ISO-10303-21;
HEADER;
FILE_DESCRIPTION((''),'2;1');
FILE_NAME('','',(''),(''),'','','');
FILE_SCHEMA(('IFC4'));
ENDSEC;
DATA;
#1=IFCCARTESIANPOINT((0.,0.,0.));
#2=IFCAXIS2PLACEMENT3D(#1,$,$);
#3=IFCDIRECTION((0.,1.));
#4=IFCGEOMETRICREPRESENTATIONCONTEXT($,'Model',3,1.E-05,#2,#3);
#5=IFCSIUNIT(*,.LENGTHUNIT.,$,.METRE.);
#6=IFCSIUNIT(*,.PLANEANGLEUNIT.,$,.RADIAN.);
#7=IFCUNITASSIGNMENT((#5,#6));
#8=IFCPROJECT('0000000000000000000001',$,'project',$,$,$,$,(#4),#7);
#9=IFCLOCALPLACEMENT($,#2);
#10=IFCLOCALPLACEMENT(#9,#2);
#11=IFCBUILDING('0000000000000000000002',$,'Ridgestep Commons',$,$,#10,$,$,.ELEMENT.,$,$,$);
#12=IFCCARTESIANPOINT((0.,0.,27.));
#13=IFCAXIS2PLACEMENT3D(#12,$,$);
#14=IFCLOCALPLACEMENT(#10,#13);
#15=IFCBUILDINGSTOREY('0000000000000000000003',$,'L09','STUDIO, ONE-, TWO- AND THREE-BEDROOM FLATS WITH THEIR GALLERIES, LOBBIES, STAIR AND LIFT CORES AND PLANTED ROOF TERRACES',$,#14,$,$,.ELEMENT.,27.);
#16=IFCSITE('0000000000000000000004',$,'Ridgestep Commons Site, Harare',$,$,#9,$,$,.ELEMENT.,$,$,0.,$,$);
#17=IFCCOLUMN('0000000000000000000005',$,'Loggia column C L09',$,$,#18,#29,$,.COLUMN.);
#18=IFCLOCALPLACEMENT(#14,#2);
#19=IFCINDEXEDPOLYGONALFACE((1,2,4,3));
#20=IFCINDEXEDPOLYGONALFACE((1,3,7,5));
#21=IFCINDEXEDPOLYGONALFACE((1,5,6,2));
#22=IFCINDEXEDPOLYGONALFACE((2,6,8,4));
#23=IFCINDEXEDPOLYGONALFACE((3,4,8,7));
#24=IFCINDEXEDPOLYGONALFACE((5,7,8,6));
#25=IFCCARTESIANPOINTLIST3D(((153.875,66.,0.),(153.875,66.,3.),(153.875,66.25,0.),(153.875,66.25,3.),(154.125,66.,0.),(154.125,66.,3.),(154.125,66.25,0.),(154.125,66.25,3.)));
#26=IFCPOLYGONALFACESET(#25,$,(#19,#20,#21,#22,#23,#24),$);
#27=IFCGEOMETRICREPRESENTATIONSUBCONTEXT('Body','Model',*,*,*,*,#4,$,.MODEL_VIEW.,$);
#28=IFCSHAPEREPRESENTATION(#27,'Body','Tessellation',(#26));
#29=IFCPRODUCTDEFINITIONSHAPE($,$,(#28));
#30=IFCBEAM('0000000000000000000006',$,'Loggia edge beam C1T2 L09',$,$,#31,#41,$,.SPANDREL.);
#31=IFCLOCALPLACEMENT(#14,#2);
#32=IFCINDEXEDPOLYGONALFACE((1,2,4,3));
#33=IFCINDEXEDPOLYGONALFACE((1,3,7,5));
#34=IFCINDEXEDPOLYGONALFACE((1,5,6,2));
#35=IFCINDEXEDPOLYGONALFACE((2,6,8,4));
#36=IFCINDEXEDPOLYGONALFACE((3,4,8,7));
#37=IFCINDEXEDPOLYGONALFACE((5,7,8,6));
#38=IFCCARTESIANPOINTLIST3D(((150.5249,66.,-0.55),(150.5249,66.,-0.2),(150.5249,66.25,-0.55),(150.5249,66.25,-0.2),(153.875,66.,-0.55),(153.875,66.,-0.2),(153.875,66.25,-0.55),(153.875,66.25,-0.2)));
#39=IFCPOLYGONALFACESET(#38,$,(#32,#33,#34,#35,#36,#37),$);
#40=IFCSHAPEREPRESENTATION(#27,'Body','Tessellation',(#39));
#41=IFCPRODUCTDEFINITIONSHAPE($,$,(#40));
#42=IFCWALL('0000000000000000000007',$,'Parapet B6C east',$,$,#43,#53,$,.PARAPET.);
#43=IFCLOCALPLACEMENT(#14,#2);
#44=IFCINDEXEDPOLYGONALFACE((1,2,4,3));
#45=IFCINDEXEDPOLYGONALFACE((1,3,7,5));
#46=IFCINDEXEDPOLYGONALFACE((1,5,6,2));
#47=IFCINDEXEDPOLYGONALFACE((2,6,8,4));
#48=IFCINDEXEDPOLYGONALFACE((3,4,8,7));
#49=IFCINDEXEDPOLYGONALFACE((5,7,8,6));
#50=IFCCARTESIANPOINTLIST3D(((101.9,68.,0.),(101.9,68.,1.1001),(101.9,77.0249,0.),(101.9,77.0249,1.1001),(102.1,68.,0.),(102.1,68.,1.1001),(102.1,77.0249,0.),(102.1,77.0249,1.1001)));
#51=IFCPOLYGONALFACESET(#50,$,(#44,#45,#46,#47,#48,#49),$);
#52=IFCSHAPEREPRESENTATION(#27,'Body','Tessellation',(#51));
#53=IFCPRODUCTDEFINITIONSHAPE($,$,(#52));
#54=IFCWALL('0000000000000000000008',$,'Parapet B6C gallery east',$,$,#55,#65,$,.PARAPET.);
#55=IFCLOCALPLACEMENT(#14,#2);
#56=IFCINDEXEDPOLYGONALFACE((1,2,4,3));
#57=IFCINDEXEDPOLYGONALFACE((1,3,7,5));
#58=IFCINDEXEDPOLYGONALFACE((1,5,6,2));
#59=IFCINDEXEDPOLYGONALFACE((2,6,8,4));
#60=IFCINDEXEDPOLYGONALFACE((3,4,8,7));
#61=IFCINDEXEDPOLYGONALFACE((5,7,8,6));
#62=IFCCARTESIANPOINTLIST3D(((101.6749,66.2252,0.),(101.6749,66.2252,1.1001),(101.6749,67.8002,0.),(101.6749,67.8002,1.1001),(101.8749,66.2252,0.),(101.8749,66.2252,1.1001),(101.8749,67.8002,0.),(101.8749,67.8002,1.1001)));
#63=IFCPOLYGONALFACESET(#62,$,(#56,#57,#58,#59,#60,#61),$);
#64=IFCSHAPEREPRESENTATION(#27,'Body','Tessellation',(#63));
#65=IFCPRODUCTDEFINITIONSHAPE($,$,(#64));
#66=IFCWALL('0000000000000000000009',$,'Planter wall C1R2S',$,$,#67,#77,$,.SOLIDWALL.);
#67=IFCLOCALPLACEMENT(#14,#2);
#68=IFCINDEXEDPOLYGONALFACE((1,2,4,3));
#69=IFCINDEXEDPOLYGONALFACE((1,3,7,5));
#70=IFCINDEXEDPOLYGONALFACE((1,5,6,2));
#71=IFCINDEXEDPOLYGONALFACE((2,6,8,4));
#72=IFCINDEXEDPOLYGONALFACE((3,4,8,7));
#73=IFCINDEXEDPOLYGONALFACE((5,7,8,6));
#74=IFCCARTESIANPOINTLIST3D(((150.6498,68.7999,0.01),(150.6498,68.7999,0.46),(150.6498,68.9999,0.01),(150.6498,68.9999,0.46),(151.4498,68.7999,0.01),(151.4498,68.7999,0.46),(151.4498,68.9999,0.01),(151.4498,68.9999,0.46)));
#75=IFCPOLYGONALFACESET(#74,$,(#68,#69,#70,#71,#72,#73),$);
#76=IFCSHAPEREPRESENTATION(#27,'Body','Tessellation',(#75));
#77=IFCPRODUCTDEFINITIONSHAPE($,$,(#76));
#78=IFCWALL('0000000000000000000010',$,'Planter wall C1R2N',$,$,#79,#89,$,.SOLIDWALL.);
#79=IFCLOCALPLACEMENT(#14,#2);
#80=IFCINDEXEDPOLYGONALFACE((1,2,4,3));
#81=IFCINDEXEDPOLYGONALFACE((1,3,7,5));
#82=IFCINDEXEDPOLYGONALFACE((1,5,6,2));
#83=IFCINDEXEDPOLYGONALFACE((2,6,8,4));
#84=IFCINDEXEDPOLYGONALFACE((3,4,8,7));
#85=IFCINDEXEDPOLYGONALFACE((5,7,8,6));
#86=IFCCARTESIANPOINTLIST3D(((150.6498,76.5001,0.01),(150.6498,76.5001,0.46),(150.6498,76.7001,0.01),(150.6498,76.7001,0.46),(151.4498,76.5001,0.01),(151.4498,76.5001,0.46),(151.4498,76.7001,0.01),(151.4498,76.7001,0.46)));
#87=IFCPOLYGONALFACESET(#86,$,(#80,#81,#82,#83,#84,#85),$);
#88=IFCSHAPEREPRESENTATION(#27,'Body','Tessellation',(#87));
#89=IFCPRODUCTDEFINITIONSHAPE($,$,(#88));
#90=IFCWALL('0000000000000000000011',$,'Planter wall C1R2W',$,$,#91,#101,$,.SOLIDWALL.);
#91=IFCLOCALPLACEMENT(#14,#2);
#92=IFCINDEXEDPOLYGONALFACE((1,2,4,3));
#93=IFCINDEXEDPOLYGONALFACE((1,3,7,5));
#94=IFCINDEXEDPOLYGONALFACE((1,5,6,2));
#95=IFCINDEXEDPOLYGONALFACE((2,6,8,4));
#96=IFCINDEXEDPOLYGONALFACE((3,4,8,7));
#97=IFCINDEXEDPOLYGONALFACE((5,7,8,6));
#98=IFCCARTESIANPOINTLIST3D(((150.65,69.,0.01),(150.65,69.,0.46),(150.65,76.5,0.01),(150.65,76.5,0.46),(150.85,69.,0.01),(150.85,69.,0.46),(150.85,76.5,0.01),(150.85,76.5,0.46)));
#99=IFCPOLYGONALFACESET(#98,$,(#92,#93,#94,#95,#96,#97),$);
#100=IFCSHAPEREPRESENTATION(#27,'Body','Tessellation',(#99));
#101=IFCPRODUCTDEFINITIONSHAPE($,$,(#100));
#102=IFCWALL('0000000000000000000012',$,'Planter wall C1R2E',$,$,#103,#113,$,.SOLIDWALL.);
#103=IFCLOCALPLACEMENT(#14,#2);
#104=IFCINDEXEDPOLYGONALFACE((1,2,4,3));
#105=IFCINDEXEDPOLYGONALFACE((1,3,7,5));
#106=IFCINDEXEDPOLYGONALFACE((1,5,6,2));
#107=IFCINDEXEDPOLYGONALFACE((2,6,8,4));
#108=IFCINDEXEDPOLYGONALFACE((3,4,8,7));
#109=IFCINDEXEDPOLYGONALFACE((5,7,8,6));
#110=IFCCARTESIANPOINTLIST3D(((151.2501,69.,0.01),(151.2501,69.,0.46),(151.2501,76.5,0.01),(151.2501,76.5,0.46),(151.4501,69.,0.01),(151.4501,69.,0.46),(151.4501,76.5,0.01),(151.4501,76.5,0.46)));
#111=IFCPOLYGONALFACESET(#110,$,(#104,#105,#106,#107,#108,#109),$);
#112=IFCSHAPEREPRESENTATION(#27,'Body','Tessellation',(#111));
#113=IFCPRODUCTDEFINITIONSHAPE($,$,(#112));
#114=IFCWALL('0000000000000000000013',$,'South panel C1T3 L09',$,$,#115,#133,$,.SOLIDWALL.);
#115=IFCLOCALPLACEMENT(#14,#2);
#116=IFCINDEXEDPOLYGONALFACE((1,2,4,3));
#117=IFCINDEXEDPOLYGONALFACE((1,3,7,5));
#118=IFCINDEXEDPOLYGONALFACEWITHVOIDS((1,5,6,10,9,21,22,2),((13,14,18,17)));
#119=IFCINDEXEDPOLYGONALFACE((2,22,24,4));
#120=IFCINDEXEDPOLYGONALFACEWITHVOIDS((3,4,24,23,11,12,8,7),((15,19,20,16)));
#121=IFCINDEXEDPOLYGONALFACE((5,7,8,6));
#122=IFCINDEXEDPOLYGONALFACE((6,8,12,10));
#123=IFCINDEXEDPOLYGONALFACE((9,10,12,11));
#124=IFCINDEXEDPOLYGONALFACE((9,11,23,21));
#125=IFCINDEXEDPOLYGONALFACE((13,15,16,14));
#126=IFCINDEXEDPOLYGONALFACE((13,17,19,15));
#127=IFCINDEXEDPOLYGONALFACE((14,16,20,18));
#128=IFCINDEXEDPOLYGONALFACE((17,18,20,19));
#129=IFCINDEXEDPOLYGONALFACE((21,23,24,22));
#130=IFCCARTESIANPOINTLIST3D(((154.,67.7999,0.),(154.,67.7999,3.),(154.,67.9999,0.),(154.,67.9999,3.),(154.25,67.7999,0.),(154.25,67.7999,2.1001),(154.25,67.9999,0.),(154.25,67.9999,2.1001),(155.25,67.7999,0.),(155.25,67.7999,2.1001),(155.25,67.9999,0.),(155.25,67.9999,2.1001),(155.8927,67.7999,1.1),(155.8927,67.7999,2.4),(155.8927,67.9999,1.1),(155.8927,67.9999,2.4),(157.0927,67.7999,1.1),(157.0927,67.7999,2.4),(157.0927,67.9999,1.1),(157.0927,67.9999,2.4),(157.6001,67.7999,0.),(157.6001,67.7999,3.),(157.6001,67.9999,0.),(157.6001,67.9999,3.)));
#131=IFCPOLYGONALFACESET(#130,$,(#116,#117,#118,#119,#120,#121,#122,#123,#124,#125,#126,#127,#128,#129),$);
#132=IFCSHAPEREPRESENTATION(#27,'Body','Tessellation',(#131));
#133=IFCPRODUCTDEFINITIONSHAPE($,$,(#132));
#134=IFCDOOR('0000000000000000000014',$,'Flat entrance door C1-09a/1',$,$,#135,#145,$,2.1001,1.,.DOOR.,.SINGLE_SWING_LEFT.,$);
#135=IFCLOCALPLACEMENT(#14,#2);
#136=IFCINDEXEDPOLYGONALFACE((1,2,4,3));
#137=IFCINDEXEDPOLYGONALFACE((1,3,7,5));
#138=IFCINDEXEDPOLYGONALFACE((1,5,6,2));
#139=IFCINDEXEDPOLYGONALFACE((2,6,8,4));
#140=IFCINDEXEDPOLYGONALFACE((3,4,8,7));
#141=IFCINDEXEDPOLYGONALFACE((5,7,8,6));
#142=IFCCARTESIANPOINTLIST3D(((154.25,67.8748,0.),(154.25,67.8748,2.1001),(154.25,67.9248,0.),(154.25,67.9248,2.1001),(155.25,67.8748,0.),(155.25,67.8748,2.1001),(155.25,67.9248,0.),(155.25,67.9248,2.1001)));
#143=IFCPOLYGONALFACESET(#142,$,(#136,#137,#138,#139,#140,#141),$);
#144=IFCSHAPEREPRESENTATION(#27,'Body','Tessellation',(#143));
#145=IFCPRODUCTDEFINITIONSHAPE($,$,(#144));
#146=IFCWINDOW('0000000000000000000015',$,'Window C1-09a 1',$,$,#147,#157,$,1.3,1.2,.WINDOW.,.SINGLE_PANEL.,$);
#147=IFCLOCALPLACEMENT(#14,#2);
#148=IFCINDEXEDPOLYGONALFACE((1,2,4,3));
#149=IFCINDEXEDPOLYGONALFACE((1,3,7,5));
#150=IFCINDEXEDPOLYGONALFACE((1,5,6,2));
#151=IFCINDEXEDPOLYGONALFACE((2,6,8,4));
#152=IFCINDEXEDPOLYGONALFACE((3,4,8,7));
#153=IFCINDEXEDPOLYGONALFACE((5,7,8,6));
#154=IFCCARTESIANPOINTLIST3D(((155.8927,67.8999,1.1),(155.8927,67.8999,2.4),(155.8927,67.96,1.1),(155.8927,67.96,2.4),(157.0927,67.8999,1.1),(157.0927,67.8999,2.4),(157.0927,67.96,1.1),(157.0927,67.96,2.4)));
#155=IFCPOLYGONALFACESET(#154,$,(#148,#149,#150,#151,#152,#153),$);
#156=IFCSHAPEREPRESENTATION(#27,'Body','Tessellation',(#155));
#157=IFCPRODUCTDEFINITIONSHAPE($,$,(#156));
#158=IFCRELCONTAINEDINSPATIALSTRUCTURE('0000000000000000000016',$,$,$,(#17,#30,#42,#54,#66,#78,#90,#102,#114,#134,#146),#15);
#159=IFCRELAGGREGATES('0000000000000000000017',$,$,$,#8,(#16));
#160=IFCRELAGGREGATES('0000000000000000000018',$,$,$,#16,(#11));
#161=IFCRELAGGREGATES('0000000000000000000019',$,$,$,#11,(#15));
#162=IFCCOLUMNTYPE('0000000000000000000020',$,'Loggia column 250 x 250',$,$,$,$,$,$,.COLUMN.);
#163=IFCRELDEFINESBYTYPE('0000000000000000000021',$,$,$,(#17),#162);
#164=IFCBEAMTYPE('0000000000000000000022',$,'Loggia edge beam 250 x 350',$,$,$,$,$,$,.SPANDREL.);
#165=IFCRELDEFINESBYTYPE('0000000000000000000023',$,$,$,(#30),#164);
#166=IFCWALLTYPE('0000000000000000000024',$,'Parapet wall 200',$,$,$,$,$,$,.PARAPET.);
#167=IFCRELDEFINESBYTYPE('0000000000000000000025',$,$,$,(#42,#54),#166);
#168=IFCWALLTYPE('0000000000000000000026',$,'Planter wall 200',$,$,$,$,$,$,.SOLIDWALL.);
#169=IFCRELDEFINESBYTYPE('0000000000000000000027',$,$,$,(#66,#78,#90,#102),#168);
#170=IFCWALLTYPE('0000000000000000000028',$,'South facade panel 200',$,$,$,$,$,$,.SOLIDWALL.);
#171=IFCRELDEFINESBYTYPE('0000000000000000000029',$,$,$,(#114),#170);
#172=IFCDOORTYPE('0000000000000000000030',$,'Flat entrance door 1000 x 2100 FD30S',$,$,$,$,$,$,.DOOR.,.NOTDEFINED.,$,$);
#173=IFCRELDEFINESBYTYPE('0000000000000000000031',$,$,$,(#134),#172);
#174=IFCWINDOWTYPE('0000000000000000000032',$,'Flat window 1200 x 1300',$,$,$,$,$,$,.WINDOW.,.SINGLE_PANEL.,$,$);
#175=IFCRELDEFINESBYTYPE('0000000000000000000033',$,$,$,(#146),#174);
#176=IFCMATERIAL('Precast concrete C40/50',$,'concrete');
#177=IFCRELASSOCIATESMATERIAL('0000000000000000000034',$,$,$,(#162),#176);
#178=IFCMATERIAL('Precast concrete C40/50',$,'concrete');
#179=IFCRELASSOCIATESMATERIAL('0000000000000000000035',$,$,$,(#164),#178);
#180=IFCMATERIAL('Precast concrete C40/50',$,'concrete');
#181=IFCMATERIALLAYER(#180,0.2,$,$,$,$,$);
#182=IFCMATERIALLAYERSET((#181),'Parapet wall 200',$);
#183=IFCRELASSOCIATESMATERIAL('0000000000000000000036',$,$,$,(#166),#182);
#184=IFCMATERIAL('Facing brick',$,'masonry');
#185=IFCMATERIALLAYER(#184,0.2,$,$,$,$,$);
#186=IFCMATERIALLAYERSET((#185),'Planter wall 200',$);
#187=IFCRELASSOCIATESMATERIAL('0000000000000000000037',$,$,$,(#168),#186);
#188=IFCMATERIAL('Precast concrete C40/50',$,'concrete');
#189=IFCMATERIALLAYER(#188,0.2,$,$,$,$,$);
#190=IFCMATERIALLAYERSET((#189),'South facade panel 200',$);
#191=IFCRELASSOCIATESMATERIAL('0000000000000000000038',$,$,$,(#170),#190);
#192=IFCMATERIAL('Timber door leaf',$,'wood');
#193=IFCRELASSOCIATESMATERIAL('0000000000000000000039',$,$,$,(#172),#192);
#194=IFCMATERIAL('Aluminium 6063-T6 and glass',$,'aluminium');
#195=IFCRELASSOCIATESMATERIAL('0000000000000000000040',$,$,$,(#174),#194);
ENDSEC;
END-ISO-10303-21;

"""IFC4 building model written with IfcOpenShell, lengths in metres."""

from ifc_helpers import new_model, si_unit, direction, frame, frame_2d, origin, origin_2d, place, context, subcontext, project, spatial, rectangle, extrude, material, layer, layer_set, material_profile, profile_set, type_object, element, fill, save


model = new_model("IFC4")

# Units and contexts
model_context = context("Model", 3, precision=1e-05, world=origin(), true_north=direction((0.0, 1.0)))
body_context = subcontext(model_context, "Body", "Model", "MODEL_VIEW")
ifc_project = project(units=[si_unit("LENGTHUNIT", "METRE"), si_unit("PLANEANGLEUNIT", "RADIAN")], contexts=[model_context])

# Site, building, storey
site_placement = place(None, origin())
site = spatial("IfcSite", under=ifc_project, at=site_placement, Name="Ridgestep Commons Site, Harare", CompositionType="ELEMENT", RefElevation=0.0)
building_placement = place(site_placement, origin())
building = spatial("IfcBuilding", under=site, at=building_placement, Name="Ridgestep Commons", CompositionType="ELEMENT")
storey_placement = place(building_placement, frame((0.0, 0.0, 27.0)))
storey = spatial("IfcBuildingStorey", under=building, at=storey_placement, Name="L09", Description="STUDIO, ONE-, TWO- AND THREE-BEDROOM FLATS WITH THEIR GALLERIES, LOBBIES, STAIR AND LIFT CORES AND PLANTED ROOF TERRACES", CompositionType="ELEMENT", Elevation=27.0)

# Column
ifc_material_1 = material(Name="Precast concrete C40/50", Category="concrete")
ifc_material_profile_1 = material_profile(ifc_material_1, rectangle(XDim=0.25, YDim=0.25, at=origin_2d()), Name="PC 250x250")
ifc_profile_set_1 = profile_set([ifc_material_profile_1], Name="Precast concrete C40/50")
column_type = type_object("IfcColumnType", Name="Loggia column 250 x 250", PredefinedType="COLUMN", material=ifc_profile_set_1)
column_placement = place(storey_placement, frame((154.0, 66.125, 0.0), z_axis=(0.0, 0.0, 1.0), x_axis=(1.0, 0.0, 0.0)))
element("IfcColumn", 1, at=column_placement, inside=storey, type_object=column_type, Name="Loggia column C L09", PredefinedType="COLUMN", context=body_context, shape_type="SweptSolid", body=[
    extrude(rectangle(XDim=0.25, YDim=0.25, at=origin_2d()), origin(), (0.0, 0.0, 1.0), 3.0),
])

# Beam
ifc_material_2 = material(Name="Precast concrete C40/50", Category="concrete")
ifc_material_profile_2 = material_profile(ifc_material_2, rectangle(XDim=0.25, YDim=0.3501, at=origin_2d()), Name="PC 250x350")
ifc_profile_set_2 = profile_set([ifc_material_profile_2], Name="Precast concrete C40/50")
beam_type = type_object("IfcBeamType", Name="Loggia edge beam 250 x 350", PredefinedType="SPANDREL", material=ifc_profile_set_2)
beam_placement = place(storey_placement, frame((150.5249, 66.125, -0.375), z_axis=(1.0, 0.0, 0.0), x_axis=(0.0, 1.0, 0.0)))
element("IfcBeam", 2, at=beam_placement, inside=storey, type_object=beam_type, Name="Loggia edge beam C1T2 L09", PredefinedType="SPANDREL", context=body_context, shape_type="SweptSolid", body=[
    extrude(rectangle(XDim=0.25, YDim=0.3501, at=origin_2d()), origin(), (0.0, 0.0, 1.0), 3.3501),
])

# Walls
ifc_material_3 = material(Name="Precast concrete C40/50", Category="concrete")
ifc_layer_1 = layer(ifc_material_3, 0.2)
ifc_layer_set_1 = layer_set([ifc_layer_1], Name="Parapet wall 200")
wall_type_1 = type_object("IfcWallType", Name="Parapet wall 200", PredefinedType="PARAPET", material=ifc_layer_set_1)
wall_1_placement = place(storey_placement, frame((102.0, 68.0, 0.0), z_axis=(0.0, 0.0, 1.0), x_axis=(0.0, 1.0, 0.0)))
element("IfcWall", 3, at=wall_1_placement, inside=storey, type_object=wall_type_1, Name="Parapet B6C east", PredefinedType="PARAPET", context=body_context, shape_type="SweptSolid", body=[
    extrude(rectangle(XDim=9.0249, YDim=0.2, at=frame_2d((4.5125, 0.0))), origin(), (0.0, 0.0, 1.0), 1.1001),
])
wall_2_placement = place(storey_placement, frame((101.7749, 66.2251, 0.0), z_axis=(0.0, 0.0, 1.0), x_axis=(0.0, 1.0, 0.0)))
element("IfcWall", 4, at=wall_2_placement, inside=storey, type_object=wall_type_1, Name="Parapet B6C gallery east", PredefinedType="PARAPET", context=body_context, shape_type="SweptSolid", body=[
    extrude(rectangle(XDim=1.575, YDim=0.2, at=frame_2d((0.7876, 0.0))), origin(), (0.0, 0.0, 1.0), 1.1001),
])
ifc_material_4 = material(Name="Facing brick", Category="masonry")
ifc_layer_2 = layer(ifc_material_4, 0.2)
ifc_layer_set_2 = layer_set([ifc_layer_2], Name="Planter wall 200")
wall_type_2 = type_object("IfcWallType", Name="Planter wall 200", PredefinedType="SOLIDWALL", material=ifc_layer_set_2)
for number, where, z_axis, x_axis, name in (
    (5, (150.6499, 68.8999, 0.01), (0.0, 0.0, 1.0), (1.0, 0.0, 0.0), "Planter wall C1R2S"),
    (6, (150.6499, 76.6001, 0.01), (0.0, 0.0, 1.0), (1.0, 0.0, 0.0), "Planter wall C1R2N"),
):
    element("IfcWall", number, at=place(storey_placement, frame(where, z_axis=z_axis, x_axis=x_axis)), inside=storey, type_object=wall_type_2, Name=name, PredefinedType="SOLIDWALL", context=body_context, shape_type="SweptSolid", body=[
        extrude(rectangle(XDim=0.8, YDim=0.2, at=frame_2d((0.3999, 0.0))), origin(), (0.0, 0.0, 1.0), 0.45),
    ])
for number, where, z_axis, x_axis, name in (
    (7, (150.75, 69.0, 0.01), (0.0, 0.0, 1.0), (0.0, 1.0, 0.0), "Planter wall C1R2W"),
    (8, (151.3501, 69.0, 0.01), (0.0, 0.0, 1.0), (0.0, 1.0, 0.0), "Planter wall C1R2E"),
):
    element("IfcWall", number, at=place(storey_placement, frame(where, z_axis=z_axis, x_axis=x_axis)), inside=storey, type_object=wall_type_2, Name=name, PredefinedType="SOLIDWALL", context=body_context, shape_type="SweptSolid", body=[
        extrude(rectangle(XDim=7.5, YDim=0.2, at=frame_2d((3.75, 0.0))), origin(), (0.0, 0.0, 1.0), 0.45),
    ])

# Wall, openings, door, window
ifc_material_5 = material(Name="Precast concrete C40/50", Category="concrete")
ifc_layer_3 = layer(ifc_material_5, 0.2)
ifc_layer_set_3 = layer_set([ifc_layer_3], Name="South facade panel 200")
wall_type_3 = type_object("IfcWallType", Name="South facade panel 200", PredefinedType="SOLIDWALL", material=ifc_layer_set_3)
wall_3_placement = place(storey_placement, frame((154.0, 67.8999, 0.0), z_axis=(0.0, 0.0, 1.0), x_axis=(1.0, 0.0, 0.0)))
wall_3 = element("IfcWall", 9, at=wall_3_placement, inside=storey, type_object=wall_type_3, Name="South panel C1T3 L09", PredefinedType="SOLIDWALL", context=body_context, shape_type="SweptSolid", body=[
    extrude(rectangle(XDim=3.6001, YDim=0.2, at=frame_2d((1.8, 0.0))), origin(), (0.0, 0.0, 1.0), 3.0),
])
opening_1_placement = place(wall_3_placement, frame((1.8926, 0.0, 1.1001)))
opening_1 = element("IfcOpeningElement", 10, at=opening_1_placement, cuts=wall_3, PredefinedType="OPENING", context=body_context, shape_type="SweptSolid", body=[
    extrude(rectangle(XDim=1.2, YDim=1.3, at=frame_2d((0.6001, 0.6499))), frame((0.0, 0.1099, 0.0), z_axis=(0.0, -1.0, 0.0), x_axis=(1.0, 0.0, 0.0)), (0.0, 0.0, 1.0), 0.22),
])
opening_2_placement = place(wall_3_placement, frame((0.25, 0.0, 0.0)))
opening_2 = element("IfcOpeningElement", 11, at=opening_2_placement, cuts=wall_3, PredefinedType="OPENING", context=body_context, shape_type="SweptSolid", body=[
    extrude(rectangle(XDim=1.0, YDim=2.1001, at=frame_2d((0.5, 1.05))), frame((0.0, 0.1099, 0.0), z_axis=(0.0, -1.0, 0.0), x_axis=(1.0, 0.0, 0.0)), (0.0, 0.0, 1.0), 0.22),
])
ifc_material_6 = material(Name="Timber door leaf", Category="wood")
door_type = type_object("IfcDoorType", Name="Flat entrance door 1000 x 2100 FD30S", OperationType="NOTDEFINED", PredefinedType="DOOR", material=ifc_material_6)
door_placement = place(opening_2_placement, origin())
door = element("IfcDoor", 12, at=door_placement, inside=storey, type_object=door_type, Name="Flat entrance door C1-09a/1", OperationType="SINGLE_SWING_LEFT", OverallHeight=2.1001, OverallWidth=1.0, PredefinedType="DOOR", context=body_context, shape_type="SweptSolid", body=[
    extrude(rectangle(XDim=1.0, YDim=2.1001, at=frame_2d((0.5, 1.05))), frame((0.0, 0.0249, 0.0), z_axis=(0.0, -1.0, 0.0), x_axis=(1.0, 0.0, 0.0)), (0.0, 0.0, 1.0), 0.05),
])
fill(opening_2, door)
ifc_material_7 = material(Name="Aluminium 6063-T6 and glass", Category="aluminium")
window_type = type_object("IfcWindowType", Name="Flat window 1200 x 1300", PartitioningType="SINGLE_PANEL", PredefinedType="WINDOW", material=ifc_material_7)
window_placement = place(opening_1_placement, origin())
window = element("IfcWindow", 13, at=window_placement, inside=storey, type_object=window_type, Name="Window C1-09a 1", OverallHeight=1.3, OverallWidth=1.2, PartitioningType="SINGLE_PANEL", PredefinedType="WINDOW", context=body_context, shape_type="SweptSolid", body=[
    extrude(rectangle(XDim=1.2, YDim=1.3, at=frame_2d((0.6001, 0.6499))), frame((0.0, 0.0601, 0.0), z_axis=(0.0, -1.0, 0.0), x_axis=(1.0, 0.0, 0.0)), (0.0, 0.0, 1.0), 0.0601),
])
fill(opening_1, window)

save(model, "model.ifc")
